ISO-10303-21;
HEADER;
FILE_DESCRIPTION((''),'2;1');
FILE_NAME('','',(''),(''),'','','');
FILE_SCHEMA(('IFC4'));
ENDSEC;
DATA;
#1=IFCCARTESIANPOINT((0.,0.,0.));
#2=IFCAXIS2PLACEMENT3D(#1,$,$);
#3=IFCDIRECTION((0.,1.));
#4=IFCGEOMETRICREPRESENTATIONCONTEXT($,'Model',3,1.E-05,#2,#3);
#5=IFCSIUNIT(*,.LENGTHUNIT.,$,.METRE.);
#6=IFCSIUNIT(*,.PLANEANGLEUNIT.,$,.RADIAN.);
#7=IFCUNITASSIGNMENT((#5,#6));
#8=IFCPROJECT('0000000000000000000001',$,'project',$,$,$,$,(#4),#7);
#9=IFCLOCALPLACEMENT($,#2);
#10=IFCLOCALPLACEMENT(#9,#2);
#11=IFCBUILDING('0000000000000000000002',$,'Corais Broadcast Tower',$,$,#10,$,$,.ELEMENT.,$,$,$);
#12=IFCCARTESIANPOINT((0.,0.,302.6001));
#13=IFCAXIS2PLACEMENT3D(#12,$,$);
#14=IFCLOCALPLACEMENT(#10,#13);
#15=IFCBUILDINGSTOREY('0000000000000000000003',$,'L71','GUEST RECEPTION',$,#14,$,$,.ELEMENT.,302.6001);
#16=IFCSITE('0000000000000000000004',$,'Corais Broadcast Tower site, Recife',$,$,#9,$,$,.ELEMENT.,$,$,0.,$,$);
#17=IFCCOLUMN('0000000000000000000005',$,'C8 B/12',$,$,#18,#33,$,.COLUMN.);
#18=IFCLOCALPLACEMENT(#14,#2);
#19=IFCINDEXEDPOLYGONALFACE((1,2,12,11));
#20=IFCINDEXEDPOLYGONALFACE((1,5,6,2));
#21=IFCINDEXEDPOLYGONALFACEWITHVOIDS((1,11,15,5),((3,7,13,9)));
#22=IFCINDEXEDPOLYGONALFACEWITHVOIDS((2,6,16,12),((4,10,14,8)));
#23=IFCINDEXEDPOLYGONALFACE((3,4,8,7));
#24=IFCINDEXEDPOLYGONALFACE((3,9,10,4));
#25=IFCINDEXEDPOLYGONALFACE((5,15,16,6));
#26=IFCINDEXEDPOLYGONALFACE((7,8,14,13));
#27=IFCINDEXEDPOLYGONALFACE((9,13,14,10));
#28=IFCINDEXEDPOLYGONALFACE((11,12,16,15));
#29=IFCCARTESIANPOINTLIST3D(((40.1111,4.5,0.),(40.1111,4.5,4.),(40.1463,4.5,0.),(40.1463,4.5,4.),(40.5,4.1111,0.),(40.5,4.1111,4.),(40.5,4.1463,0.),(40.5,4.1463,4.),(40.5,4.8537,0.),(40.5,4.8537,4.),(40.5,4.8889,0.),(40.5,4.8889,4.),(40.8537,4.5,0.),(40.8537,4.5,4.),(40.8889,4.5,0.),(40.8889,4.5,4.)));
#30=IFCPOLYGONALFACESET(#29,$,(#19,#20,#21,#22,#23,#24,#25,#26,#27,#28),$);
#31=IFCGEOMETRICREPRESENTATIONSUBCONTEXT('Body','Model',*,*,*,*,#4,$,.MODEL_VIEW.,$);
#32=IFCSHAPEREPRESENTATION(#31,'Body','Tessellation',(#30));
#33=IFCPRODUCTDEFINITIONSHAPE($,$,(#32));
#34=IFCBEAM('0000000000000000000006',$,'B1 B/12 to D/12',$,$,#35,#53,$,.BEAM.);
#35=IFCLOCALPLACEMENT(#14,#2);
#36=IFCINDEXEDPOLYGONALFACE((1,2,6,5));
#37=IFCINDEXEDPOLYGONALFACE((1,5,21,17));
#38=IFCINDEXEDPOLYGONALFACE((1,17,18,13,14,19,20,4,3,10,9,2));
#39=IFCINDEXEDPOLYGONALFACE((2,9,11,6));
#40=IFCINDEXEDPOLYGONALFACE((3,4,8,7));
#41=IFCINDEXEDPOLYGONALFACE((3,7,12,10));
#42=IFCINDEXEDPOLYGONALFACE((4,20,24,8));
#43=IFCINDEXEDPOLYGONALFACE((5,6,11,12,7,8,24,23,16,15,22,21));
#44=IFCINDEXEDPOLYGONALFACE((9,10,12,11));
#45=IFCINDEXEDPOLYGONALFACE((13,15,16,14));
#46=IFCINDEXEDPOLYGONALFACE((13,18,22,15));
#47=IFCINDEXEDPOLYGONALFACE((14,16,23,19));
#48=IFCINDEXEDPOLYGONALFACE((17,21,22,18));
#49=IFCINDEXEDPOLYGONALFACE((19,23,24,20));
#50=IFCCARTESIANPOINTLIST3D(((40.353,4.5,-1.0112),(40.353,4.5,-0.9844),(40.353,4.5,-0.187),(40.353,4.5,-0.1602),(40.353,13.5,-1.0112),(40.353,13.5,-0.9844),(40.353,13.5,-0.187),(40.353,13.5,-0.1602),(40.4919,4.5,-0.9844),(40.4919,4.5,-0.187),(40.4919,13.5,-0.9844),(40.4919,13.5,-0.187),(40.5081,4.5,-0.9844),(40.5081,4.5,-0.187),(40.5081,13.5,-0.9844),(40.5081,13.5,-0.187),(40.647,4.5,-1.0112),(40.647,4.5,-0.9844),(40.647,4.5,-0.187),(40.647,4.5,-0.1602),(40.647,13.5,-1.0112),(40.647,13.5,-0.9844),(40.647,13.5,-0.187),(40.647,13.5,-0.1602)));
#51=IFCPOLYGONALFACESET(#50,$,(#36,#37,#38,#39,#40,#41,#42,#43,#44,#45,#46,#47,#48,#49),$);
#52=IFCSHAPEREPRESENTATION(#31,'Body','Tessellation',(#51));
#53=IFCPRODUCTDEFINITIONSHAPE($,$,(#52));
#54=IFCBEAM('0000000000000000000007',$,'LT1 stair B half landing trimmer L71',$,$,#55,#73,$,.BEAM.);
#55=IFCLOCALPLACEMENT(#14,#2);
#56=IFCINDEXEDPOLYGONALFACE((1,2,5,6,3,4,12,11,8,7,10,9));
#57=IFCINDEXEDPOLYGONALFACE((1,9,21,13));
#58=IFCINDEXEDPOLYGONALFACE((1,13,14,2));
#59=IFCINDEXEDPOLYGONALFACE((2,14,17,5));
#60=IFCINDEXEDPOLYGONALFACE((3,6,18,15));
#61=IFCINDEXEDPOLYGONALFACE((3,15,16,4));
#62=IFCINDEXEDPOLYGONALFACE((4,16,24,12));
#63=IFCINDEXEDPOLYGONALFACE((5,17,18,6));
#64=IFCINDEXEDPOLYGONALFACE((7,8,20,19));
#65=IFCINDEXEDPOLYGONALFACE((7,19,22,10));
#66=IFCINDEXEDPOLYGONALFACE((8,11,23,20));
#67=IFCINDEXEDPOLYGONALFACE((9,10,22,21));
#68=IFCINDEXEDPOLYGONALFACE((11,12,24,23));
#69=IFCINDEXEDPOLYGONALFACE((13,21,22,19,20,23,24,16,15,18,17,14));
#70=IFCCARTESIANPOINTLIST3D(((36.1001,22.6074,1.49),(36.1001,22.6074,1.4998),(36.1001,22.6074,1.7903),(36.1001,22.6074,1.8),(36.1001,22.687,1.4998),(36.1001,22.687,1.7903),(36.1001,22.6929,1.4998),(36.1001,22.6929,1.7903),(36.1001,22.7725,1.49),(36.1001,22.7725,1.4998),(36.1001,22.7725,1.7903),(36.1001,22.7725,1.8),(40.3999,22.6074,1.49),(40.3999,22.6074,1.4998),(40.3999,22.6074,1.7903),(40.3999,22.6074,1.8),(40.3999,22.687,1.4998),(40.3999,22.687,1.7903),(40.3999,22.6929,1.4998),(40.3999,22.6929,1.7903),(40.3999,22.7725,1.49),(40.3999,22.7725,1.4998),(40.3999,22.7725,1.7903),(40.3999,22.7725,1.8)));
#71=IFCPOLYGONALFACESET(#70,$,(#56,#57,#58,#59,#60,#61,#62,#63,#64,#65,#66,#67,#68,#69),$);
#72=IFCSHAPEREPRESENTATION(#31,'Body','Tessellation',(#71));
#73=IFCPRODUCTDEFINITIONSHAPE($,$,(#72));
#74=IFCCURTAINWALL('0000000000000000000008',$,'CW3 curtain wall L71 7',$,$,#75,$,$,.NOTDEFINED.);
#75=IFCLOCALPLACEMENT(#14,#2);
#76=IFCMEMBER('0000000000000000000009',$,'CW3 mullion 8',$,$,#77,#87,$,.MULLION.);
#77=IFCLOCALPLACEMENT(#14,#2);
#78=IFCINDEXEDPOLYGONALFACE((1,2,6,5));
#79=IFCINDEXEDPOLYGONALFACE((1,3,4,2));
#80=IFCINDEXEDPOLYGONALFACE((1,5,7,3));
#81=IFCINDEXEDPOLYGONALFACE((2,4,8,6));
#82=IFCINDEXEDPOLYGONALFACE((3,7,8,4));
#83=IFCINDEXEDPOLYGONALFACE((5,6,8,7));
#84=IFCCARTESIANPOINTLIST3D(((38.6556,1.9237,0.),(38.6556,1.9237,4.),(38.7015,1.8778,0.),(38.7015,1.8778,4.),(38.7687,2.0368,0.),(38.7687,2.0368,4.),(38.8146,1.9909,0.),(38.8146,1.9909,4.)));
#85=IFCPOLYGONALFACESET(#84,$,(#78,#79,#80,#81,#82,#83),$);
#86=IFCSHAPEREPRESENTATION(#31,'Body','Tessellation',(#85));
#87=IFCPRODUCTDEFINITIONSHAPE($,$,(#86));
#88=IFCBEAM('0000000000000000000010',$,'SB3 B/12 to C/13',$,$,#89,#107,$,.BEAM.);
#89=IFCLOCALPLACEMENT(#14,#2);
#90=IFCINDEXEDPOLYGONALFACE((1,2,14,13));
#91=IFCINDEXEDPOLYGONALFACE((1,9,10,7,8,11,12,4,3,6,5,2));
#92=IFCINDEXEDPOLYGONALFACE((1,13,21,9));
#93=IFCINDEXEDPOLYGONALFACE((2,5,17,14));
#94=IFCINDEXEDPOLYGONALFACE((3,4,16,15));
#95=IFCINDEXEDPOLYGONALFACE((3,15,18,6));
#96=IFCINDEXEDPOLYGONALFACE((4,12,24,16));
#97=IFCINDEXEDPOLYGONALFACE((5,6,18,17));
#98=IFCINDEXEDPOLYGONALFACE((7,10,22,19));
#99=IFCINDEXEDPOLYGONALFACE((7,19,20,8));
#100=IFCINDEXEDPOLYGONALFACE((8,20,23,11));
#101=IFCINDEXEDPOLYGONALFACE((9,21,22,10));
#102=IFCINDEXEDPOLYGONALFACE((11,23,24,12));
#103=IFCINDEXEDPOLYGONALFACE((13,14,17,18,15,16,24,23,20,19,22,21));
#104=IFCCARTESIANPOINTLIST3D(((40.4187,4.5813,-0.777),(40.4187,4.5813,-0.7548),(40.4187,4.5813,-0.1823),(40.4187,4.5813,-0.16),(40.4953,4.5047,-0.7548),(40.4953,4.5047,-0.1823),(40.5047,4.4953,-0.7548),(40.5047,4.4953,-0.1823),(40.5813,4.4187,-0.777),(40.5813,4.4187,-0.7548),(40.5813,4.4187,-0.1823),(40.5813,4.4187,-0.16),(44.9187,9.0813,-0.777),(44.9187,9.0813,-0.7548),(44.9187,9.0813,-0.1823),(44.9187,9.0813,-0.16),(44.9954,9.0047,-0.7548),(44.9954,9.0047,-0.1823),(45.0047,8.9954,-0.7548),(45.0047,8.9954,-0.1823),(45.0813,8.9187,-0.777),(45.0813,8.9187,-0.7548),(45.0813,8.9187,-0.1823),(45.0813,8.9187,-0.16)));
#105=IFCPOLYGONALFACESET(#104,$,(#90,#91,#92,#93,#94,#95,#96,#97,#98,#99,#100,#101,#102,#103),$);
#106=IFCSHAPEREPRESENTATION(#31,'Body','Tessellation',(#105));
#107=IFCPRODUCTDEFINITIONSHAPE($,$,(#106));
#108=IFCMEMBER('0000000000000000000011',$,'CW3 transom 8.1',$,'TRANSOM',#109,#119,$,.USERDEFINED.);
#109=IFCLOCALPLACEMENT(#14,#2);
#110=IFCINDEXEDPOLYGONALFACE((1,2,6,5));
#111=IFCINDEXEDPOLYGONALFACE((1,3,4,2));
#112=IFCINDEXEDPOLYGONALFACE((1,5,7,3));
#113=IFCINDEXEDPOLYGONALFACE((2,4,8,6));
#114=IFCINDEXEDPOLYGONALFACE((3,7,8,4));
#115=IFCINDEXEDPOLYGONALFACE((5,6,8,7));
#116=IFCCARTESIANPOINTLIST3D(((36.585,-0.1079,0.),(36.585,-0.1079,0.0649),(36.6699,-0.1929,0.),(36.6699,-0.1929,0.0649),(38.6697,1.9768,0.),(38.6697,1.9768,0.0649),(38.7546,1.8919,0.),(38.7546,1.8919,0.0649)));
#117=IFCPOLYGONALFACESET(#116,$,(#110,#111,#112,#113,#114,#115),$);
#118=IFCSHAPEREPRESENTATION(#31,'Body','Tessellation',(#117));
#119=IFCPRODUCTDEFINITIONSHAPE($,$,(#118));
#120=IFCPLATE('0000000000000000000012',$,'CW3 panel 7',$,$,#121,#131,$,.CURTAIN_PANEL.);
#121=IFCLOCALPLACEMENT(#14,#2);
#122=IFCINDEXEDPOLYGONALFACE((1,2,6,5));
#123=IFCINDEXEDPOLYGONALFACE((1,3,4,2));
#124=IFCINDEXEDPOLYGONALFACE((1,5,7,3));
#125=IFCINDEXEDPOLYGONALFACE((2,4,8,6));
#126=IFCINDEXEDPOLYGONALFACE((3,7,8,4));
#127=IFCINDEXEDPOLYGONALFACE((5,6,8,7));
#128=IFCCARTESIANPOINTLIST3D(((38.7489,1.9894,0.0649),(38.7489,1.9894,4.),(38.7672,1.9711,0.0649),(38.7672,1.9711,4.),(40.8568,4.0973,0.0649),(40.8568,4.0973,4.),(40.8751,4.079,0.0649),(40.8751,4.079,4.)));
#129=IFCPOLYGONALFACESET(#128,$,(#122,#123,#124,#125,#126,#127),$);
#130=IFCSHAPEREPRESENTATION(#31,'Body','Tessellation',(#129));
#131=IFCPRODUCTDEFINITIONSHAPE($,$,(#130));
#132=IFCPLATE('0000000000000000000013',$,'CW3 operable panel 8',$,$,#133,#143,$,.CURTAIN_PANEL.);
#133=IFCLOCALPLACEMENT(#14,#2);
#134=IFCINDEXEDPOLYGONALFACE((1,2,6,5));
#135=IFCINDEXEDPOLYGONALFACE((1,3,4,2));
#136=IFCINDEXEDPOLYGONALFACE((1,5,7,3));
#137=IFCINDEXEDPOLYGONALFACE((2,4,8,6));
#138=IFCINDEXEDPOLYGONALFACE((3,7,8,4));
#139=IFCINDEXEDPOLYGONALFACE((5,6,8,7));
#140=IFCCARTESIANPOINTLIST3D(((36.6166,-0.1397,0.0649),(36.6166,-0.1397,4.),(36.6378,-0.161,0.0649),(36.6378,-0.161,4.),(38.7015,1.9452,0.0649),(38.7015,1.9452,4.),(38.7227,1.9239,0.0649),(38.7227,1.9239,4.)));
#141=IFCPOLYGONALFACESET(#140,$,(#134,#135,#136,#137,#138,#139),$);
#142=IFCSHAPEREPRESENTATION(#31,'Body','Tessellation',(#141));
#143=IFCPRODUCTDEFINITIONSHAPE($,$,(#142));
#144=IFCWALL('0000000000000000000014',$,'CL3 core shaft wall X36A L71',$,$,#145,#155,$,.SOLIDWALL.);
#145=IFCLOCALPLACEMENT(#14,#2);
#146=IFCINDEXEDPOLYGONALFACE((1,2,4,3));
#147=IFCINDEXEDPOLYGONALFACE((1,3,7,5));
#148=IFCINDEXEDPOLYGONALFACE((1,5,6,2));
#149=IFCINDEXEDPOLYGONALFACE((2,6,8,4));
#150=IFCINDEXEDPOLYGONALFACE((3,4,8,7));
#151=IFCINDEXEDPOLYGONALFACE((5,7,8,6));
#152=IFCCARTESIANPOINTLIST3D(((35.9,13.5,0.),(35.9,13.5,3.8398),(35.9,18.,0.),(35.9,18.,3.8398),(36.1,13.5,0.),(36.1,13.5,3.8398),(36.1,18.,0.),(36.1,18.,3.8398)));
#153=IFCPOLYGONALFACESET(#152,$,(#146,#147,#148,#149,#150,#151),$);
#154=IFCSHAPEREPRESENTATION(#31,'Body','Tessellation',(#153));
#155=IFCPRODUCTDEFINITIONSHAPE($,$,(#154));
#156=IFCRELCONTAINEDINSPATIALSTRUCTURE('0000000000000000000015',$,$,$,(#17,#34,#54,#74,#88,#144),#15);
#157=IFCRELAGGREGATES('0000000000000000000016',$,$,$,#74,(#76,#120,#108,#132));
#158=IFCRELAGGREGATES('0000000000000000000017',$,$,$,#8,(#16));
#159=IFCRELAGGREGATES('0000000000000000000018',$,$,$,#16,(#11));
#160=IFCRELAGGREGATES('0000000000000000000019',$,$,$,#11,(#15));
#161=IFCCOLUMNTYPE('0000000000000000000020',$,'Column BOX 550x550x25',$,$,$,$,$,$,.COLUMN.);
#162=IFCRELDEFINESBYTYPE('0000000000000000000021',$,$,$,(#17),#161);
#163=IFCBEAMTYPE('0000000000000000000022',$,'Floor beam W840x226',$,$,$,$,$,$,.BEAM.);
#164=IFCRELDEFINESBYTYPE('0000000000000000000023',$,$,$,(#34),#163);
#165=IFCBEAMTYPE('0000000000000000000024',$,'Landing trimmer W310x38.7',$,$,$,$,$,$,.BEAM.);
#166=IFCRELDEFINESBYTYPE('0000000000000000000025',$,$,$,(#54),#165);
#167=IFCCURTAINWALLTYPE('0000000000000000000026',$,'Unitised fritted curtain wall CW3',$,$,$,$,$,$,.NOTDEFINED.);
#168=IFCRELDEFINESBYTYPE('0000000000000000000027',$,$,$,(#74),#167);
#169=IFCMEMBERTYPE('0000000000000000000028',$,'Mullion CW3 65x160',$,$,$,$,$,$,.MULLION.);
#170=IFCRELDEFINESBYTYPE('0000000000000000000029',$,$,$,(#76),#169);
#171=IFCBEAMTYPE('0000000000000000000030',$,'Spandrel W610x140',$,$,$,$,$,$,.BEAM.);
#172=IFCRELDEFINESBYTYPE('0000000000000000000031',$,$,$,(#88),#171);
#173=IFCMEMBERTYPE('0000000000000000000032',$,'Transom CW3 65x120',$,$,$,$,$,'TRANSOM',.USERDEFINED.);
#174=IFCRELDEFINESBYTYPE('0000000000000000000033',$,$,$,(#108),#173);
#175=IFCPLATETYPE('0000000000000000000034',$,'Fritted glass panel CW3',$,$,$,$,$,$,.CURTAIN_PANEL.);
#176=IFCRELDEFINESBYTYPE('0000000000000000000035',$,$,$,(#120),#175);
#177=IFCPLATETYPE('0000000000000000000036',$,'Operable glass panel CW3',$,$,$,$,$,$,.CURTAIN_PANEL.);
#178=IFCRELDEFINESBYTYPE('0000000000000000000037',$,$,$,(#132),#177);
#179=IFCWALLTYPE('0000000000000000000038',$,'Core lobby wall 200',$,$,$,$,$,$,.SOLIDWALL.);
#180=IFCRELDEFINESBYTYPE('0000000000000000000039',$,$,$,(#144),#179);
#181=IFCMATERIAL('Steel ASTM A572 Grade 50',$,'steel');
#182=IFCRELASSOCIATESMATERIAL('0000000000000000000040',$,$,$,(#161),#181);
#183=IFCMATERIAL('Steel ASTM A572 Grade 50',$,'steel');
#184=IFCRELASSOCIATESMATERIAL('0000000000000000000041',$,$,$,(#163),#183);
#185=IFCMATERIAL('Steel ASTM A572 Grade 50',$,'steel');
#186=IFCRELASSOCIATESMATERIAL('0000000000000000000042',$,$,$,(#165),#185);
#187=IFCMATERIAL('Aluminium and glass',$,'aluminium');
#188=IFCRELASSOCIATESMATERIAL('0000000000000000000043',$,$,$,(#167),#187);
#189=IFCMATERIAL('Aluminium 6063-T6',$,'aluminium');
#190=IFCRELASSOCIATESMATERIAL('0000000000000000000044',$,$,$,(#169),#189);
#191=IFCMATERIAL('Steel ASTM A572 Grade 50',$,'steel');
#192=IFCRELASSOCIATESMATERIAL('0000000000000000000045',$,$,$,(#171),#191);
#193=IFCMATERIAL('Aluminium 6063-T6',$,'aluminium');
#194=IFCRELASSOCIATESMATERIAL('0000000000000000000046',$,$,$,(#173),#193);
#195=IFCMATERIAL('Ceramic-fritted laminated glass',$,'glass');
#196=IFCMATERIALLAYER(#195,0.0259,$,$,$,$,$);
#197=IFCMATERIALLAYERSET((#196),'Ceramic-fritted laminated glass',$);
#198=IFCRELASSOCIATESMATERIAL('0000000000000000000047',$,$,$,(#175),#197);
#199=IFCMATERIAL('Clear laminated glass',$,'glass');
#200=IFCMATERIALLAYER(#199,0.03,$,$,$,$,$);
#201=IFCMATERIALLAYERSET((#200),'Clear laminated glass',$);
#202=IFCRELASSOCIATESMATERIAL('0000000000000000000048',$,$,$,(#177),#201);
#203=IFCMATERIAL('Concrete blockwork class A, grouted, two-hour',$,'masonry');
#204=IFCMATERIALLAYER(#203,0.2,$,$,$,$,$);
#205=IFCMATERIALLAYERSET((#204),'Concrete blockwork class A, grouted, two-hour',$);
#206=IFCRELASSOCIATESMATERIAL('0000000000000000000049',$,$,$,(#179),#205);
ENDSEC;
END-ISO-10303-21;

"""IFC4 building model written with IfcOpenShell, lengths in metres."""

from ifc_helpers import new_model, si_unit, direction, frame, frame_2d, origin, origin_2d, place, context, subcontext, project, spatial, rectangle, hollow_rectangle, i_section, extrude, material, layer, layer_set, material_profile, profile_set, type_object, element, aggregate, save


model = new_model("IFC4")

# Units and contexts
model_context = context("Model", 3, precision=1e-05, world=origin(), true_north=direction((0.0, 1.0)))
body_context = subcontext(model_context, "Body", "Model", "MODEL_VIEW")
ifc_project = project(units=[si_unit("LENGTHUNIT", "METRE"), si_unit("PLANEANGLEUNIT", "RADIAN")], contexts=[model_context])

# Site, building, storey
site_placement = place(None, origin())
site = spatial("IfcSite", under=ifc_project, at=site_placement, Name="Corais Broadcast Tower site, Recife", CompositionType="ELEMENT", RefElevation=0.0)
building_placement = place(site_placement, origin())
building = spatial("IfcBuilding", under=site, at=building_placement, Name="Corais Broadcast Tower", CompositionType="ELEMENT")
storey_placement = place(building_placement, frame((0.0, 0.0, 302.6001)))
storey = spatial("IfcBuildingStorey", under=building, at=storey_placement, Name="L71", Description="GUEST RECEPTION", CompositionType="ELEMENT", Elevation=302.6001)

# Column
ifc_material_1 = material(Name="Steel ASTM A572 Grade 50", Category="steel")
ifc_material_profile_1 = material_profile(ifc_material_1, hollow_rectangle(XDim=0.55, YDim=0.55, WallThickness=0.0249, at=origin_2d()), Name="BOX 550x550x25")
ifc_profile_set_1 = profile_set([ifc_material_profile_1], Name="Steel ASTM A572 Grade 50")
column_type = type_object("IfcColumnType", Name="Column BOX 550x550x25", PredefinedType="COLUMN", material=ifc_profile_set_1)
column_placement = place(storey_placement, frame((40.5, 4.5, 0.0), z_axis=(0.0, 0.0, 1.0), x_axis=(0.707107, 0.707107, 0.0)))
element("IfcColumn", 1, at=column_placement, inside=storey, type_object=column_type, Name="C8 B/12", PredefinedType="COLUMN", context=body_context, shape_type="SweptSolid", body=[
    extrude(hollow_rectangle(XDim=0.55, YDim=0.55, WallThickness=0.0249, at=origin_2d()), origin(), (0.0, 0.0, 1.0), 4.0),
])

# Beams
ifc_material_2 = material(Name="Steel ASTM A572 Grade 50", Category="steel")
ifc_material_profile_2 = material_profile(ifc_material_2, i_section(OverallWidth=0.2939, OverallDepth=0.8511, WebThickness=0.0161, FlangeThickness=0.0269, at=origin_2d()), Name="W840x226")
ifc_profile_set_2 = profile_set([ifc_material_profile_2], Name="Steel ASTM A572 Grade 50")
beam_type_1 = type_object("IfcBeamType", Name="Floor beam W840x226", PredefinedType="BEAM", material=ifc_profile_set_2)
beam_1_placement = place(storey_placement, frame((40.5, 4.5, -0.5857), z_axis=(0.0, 1.0, 0.0), x_axis=(-1.0, 0.0, 0.0)))
element("IfcBeam", 2, at=beam_1_placement, inside=storey, type_object=beam_type_1, Name="B1 B/12 to D/12", PredefinedType="BEAM", context=body_context, shape_type="SweptSolid", body=[
    extrude(i_section(OverallWidth=0.2939, OverallDepth=0.8511, WebThickness=0.0161, FlangeThickness=0.0269, at=origin_2d()), origin(), (0.0, 0.0, 1.0), 9.0),
])
ifc_material_3 = material(Name="Steel ASTM A572 Grade 50", Category="steel")
ifc_material_profile_3 = material_profile(ifc_material_3, i_section(OverallWidth=0.165, OverallDepth=0.3101, WebThickness=0.0059, FlangeThickness=0.0098, at=origin_2d()), Name="W310x38.7")
ifc_profile_set_3 = profile_set([ifc_material_profile_3], Name="Steel ASTM A572 Grade 50")
beam_type_2 = type_object("IfcBeamType", Name="Landing trimmer W310x38.7", PredefinedType="BEAM", material=ifc_profile_set_3)
beam_2_placement = place(storey_placement, frame((36.1001, 22.6899, 1.645), z_axis=(1.0, 0.0, 0.0), x_axis=(0.0, 1.0, 0.0)))
element("IfcBeam", 3, at=beam_2_placement, inside=storey, type_object=beam_type_2, Name="LT1 stair B half landing trimmer L71", PredefinedType="BEAM", context=body_context, shape_type="SweptSolid", body=[
    extrude(i_section(OverallWidth=0.165, OverallDepth=0.3101, WebThickness=0.0059, FlangeThickness=0.0098, at=origin_2d()), origin(), (0.0, 0.0, 1.0), 4.2998),
])

# Curtain wall, member
ifc_material_4 = material(Name="Aluminium and glass", Category="aluminium")
curtain_wall_type = type_object("IfcCurtainWallType", Name="Unitised fritted curtain wall CW3", PredefinedType="NOTDEFINED", material=ifc_material_4)
curtain_wall_placement = place(storey_placement, origin())
curtain_wall = element("IfcCurtainWall", 4, at=curtain_wall_placement, inside=storey, type_object=curtain_wall_type, Name="CW3 curtain wall L71 7", PredefinedType="NOTDEFINED")
ifc_material_5 = material(Name="Aluminium 6063-T6", Category="aluminium")
ifc_material_profile_4 = material_profile(ifc_material_5, rectangle(XDim=0.0649, YDim=0.1599, at=origin_2d()), Name="Mullion CW3 65x160")
ifc_profile_set_4 = profile_set([ifc_material_profile_4], Name="Aluminium 6063-T6")
member_type_1 = type_object("IfcMemberType", Name="Mullion CW3 65x160", PredefinedType="MULLION", material=ifc_profile_set_4)
member_1_placement = place(storey_placement, frame((38.7351, 1.9573, 0.0), z_axis=(0.0, 0.0, 1.0), x_axis=(0.707107, -0.707107, 0.0)))
member_1 = element("IfcMember", 5, at=member_1_placement, type_object=member_type_1, Name="CW3 mullion 8", PredefinedType="MULLION", context=body_context, shape_type="SweptSolid", body=[
    extrude(rectangle(XDim=0.0649, YDim=0.1599, at=origin_2d()), origin(), (0.0, 0.0, 1.0), 4.0),
])

# Beam
ifc_material_6 = material(Name="Steel ASTM A572 Grade 50", Category="steel")
ifc_material_profile_5 = material_profile(ifc_material_6, i_section(OverallWidth=0.23, OverallDepth=0.6169, WebThickness=0.0132, FlangeThickness=0.0222, at=origin_2d()), Name="W610x140")
ifc_profile_set_5 = profile_set([ifc_material_profile_5], Name="Steel ASTM A572 Grade 50")
beam_type_3 = type_object("IfcBeamType", Name="Spandrel W610x140", PredefinedType="BEAM", material=ifc_profile_set_5)
beam_3_placement = place(storey_placement, frame((40.5, 4.5, -0.4685), z_axis=(0.707107, 0.707107, 0.0), x_axis=(-0.707107, 0.707107, 0.0)))
element("IfcBeam", 6, at=beam_3_placement, inside=storey, type_object=beam_type_3, Name="SB3 B/12 to C/13", PredefinedType="BEAM", context=body_context, shape_type="SweptSolid", body=[
    extrude(i_section(OverallWidth=0.23, OverallDepth=0.6169, WebThickness=0.0132, FlangeThickness=0.0222, at=origin_2d()), origin(), (0.0, 0.0, 1.0), 6.364),
])

# Member
ifc_material_7 = material(Name="Aluminium 6063-T6", Category="aluminium")
ifc_material_profile_6 = material_profile(ifc_material_7, rectangle(XDim=0.1201, YDim=0.0649, at=origin_2d()), Name="Transom CW3 65x120")
ifc_profile_set_6 = profile_set([ifc_material_profile_6], Name="Aluminium 6063-T6")
member_type_2 = type_object("IfcMemberType", Name="Transom CW3 65x120", ElementType="TRANSOM", PredefinedType="USERDEFINED", material=ifc_profile_set_6)
member_2_placement = place(storey_placement, frame((38.7122, 1.9343, 0.0325), z_axis=(-0.707107, -0.707107, 0.0), x_axis=(0.707107, -0.707107, 0.0)))
member_2 = element("IfcMember", 7, at=member_2_placement, type_object=member_type_2, Name="CW3 transom 8.1", ObjectType="TRANSOM", PredefinedType="USERDEFINED", context=body_context, shape_type="SweptSolid", body=[
    extrude(rectangle(XDim=0.1201, YDim=0.0649, at=origin_2d()), origin(), (0.0, 0.0, 1.0), 2.9482),
])

# Plates
ifc_material_8 = material(Name="Ceramic-fritted laminated glass", Category="glass")
ifc_layer_1 = layer(ifc_material_8, 0.0259)
ifc_layer_set_1 = layer_set([ifc_layer_1], Name="Ceramic-fritted laminated glass")
plate_type_1 = type_object("IfcPlateType", Name="Fritted glass panel CW3", PredefinedType="CURTAIN_PANEL", material=ifc_layer_set_1)
plate_1_placement = place(storey_placement, frame((39.812, 3.0342, 0.0649), z_axis=(0.0, 0.0, 1.0), x_axis=(-0.707107, -0.707107, 0.0)))
plate_1 = element("IfcPlate", 8, at=plate_1_placement, type_object=plate_type_1, Name="CW3 panel 7", PredefinedType="CURTAIN_PANEL", context=body_context, shape_type="SweptSolid", body=[
    extrude(rectangle(XDim=2.981, YDim=0.0259, at=origin_2d()), origin(), (0.0, 0.0, 1.0), 3.9351),
])
ifc_material_9 = material(Name="Clear laminated glass", Category="glass")
ifc_layer_2 = layer(ifc_material_9, 0.03)
ifc_layer_set_2 = layer_set([ifc_layer_2], Name="Clear laminated glass")
plate_type_2 = type_object("IfcPlateType", Name="Operable glass panel CW3", PredefinedType="CURTAIN_PANEL", material=ifc_layer_set_2)
plate_2_placement = place(storey_placement, frame((37.6697, 0.8921, 0.0649), z_axis=(0.0, 0.0, 1.0), x_axis=(-0.707107, -0.707107, 0.0)))
plate_2 = element("IfcPlate", 9, at=plate_2_placement, type_object=plate_type_2, Name="CW3 operable panel 8", PredefinedType="CURTAIN_PANEL", context=body_context, shape_type="SweptSolid", body=[
    extrude(rectangle(XDim=2.9485, YDim=0.03, at=origin_2d()), origin(), (0.0, 0.0, 1.0), 3.9351),
])
aggregate(curtain_wall, [member_1, plate_1, member_2, plate_2])

# Wall
ifc_material_10 = material(Name="Concrete blockwork class A, grouted, two-hour", Category="masonry")
ifc_layer_3 = layer(ifc_material_10, 0.2)
ifc_layer_set_3 = layer_set([ifc_layer_3], Name="Concrete blockwork class A, grouted, two-hour")
wall_type_1 = type_object("IfcWallType", Name="Core lobby wall 200", PredefinedType="SOLIDWALL", material=ifc_layer_set_3)
wall_1_placement = place(storey_placement, frame((36.0, 13.5, 0.0), z_axis=(0.0, 0.0, 1.0), x_axis=(0.0, 1.0, 0.0)))
element("IfcWall", 10, at=wall_1_placement, inside=storey, type_object=wall_type_1, Name="CL3 core shaft wall X36A L71", PredefinedType="SOLIDWALL", context=body_context, shape_type="SweptSolid", body=[
    extrude(rectangle(XDim=4.5, YDim=0.2, at=frame_2d((2.25, 0.0))), origin(), (0.0, 0.0, 1.0), 3.8398),
])

save(model, "model.ifc")
